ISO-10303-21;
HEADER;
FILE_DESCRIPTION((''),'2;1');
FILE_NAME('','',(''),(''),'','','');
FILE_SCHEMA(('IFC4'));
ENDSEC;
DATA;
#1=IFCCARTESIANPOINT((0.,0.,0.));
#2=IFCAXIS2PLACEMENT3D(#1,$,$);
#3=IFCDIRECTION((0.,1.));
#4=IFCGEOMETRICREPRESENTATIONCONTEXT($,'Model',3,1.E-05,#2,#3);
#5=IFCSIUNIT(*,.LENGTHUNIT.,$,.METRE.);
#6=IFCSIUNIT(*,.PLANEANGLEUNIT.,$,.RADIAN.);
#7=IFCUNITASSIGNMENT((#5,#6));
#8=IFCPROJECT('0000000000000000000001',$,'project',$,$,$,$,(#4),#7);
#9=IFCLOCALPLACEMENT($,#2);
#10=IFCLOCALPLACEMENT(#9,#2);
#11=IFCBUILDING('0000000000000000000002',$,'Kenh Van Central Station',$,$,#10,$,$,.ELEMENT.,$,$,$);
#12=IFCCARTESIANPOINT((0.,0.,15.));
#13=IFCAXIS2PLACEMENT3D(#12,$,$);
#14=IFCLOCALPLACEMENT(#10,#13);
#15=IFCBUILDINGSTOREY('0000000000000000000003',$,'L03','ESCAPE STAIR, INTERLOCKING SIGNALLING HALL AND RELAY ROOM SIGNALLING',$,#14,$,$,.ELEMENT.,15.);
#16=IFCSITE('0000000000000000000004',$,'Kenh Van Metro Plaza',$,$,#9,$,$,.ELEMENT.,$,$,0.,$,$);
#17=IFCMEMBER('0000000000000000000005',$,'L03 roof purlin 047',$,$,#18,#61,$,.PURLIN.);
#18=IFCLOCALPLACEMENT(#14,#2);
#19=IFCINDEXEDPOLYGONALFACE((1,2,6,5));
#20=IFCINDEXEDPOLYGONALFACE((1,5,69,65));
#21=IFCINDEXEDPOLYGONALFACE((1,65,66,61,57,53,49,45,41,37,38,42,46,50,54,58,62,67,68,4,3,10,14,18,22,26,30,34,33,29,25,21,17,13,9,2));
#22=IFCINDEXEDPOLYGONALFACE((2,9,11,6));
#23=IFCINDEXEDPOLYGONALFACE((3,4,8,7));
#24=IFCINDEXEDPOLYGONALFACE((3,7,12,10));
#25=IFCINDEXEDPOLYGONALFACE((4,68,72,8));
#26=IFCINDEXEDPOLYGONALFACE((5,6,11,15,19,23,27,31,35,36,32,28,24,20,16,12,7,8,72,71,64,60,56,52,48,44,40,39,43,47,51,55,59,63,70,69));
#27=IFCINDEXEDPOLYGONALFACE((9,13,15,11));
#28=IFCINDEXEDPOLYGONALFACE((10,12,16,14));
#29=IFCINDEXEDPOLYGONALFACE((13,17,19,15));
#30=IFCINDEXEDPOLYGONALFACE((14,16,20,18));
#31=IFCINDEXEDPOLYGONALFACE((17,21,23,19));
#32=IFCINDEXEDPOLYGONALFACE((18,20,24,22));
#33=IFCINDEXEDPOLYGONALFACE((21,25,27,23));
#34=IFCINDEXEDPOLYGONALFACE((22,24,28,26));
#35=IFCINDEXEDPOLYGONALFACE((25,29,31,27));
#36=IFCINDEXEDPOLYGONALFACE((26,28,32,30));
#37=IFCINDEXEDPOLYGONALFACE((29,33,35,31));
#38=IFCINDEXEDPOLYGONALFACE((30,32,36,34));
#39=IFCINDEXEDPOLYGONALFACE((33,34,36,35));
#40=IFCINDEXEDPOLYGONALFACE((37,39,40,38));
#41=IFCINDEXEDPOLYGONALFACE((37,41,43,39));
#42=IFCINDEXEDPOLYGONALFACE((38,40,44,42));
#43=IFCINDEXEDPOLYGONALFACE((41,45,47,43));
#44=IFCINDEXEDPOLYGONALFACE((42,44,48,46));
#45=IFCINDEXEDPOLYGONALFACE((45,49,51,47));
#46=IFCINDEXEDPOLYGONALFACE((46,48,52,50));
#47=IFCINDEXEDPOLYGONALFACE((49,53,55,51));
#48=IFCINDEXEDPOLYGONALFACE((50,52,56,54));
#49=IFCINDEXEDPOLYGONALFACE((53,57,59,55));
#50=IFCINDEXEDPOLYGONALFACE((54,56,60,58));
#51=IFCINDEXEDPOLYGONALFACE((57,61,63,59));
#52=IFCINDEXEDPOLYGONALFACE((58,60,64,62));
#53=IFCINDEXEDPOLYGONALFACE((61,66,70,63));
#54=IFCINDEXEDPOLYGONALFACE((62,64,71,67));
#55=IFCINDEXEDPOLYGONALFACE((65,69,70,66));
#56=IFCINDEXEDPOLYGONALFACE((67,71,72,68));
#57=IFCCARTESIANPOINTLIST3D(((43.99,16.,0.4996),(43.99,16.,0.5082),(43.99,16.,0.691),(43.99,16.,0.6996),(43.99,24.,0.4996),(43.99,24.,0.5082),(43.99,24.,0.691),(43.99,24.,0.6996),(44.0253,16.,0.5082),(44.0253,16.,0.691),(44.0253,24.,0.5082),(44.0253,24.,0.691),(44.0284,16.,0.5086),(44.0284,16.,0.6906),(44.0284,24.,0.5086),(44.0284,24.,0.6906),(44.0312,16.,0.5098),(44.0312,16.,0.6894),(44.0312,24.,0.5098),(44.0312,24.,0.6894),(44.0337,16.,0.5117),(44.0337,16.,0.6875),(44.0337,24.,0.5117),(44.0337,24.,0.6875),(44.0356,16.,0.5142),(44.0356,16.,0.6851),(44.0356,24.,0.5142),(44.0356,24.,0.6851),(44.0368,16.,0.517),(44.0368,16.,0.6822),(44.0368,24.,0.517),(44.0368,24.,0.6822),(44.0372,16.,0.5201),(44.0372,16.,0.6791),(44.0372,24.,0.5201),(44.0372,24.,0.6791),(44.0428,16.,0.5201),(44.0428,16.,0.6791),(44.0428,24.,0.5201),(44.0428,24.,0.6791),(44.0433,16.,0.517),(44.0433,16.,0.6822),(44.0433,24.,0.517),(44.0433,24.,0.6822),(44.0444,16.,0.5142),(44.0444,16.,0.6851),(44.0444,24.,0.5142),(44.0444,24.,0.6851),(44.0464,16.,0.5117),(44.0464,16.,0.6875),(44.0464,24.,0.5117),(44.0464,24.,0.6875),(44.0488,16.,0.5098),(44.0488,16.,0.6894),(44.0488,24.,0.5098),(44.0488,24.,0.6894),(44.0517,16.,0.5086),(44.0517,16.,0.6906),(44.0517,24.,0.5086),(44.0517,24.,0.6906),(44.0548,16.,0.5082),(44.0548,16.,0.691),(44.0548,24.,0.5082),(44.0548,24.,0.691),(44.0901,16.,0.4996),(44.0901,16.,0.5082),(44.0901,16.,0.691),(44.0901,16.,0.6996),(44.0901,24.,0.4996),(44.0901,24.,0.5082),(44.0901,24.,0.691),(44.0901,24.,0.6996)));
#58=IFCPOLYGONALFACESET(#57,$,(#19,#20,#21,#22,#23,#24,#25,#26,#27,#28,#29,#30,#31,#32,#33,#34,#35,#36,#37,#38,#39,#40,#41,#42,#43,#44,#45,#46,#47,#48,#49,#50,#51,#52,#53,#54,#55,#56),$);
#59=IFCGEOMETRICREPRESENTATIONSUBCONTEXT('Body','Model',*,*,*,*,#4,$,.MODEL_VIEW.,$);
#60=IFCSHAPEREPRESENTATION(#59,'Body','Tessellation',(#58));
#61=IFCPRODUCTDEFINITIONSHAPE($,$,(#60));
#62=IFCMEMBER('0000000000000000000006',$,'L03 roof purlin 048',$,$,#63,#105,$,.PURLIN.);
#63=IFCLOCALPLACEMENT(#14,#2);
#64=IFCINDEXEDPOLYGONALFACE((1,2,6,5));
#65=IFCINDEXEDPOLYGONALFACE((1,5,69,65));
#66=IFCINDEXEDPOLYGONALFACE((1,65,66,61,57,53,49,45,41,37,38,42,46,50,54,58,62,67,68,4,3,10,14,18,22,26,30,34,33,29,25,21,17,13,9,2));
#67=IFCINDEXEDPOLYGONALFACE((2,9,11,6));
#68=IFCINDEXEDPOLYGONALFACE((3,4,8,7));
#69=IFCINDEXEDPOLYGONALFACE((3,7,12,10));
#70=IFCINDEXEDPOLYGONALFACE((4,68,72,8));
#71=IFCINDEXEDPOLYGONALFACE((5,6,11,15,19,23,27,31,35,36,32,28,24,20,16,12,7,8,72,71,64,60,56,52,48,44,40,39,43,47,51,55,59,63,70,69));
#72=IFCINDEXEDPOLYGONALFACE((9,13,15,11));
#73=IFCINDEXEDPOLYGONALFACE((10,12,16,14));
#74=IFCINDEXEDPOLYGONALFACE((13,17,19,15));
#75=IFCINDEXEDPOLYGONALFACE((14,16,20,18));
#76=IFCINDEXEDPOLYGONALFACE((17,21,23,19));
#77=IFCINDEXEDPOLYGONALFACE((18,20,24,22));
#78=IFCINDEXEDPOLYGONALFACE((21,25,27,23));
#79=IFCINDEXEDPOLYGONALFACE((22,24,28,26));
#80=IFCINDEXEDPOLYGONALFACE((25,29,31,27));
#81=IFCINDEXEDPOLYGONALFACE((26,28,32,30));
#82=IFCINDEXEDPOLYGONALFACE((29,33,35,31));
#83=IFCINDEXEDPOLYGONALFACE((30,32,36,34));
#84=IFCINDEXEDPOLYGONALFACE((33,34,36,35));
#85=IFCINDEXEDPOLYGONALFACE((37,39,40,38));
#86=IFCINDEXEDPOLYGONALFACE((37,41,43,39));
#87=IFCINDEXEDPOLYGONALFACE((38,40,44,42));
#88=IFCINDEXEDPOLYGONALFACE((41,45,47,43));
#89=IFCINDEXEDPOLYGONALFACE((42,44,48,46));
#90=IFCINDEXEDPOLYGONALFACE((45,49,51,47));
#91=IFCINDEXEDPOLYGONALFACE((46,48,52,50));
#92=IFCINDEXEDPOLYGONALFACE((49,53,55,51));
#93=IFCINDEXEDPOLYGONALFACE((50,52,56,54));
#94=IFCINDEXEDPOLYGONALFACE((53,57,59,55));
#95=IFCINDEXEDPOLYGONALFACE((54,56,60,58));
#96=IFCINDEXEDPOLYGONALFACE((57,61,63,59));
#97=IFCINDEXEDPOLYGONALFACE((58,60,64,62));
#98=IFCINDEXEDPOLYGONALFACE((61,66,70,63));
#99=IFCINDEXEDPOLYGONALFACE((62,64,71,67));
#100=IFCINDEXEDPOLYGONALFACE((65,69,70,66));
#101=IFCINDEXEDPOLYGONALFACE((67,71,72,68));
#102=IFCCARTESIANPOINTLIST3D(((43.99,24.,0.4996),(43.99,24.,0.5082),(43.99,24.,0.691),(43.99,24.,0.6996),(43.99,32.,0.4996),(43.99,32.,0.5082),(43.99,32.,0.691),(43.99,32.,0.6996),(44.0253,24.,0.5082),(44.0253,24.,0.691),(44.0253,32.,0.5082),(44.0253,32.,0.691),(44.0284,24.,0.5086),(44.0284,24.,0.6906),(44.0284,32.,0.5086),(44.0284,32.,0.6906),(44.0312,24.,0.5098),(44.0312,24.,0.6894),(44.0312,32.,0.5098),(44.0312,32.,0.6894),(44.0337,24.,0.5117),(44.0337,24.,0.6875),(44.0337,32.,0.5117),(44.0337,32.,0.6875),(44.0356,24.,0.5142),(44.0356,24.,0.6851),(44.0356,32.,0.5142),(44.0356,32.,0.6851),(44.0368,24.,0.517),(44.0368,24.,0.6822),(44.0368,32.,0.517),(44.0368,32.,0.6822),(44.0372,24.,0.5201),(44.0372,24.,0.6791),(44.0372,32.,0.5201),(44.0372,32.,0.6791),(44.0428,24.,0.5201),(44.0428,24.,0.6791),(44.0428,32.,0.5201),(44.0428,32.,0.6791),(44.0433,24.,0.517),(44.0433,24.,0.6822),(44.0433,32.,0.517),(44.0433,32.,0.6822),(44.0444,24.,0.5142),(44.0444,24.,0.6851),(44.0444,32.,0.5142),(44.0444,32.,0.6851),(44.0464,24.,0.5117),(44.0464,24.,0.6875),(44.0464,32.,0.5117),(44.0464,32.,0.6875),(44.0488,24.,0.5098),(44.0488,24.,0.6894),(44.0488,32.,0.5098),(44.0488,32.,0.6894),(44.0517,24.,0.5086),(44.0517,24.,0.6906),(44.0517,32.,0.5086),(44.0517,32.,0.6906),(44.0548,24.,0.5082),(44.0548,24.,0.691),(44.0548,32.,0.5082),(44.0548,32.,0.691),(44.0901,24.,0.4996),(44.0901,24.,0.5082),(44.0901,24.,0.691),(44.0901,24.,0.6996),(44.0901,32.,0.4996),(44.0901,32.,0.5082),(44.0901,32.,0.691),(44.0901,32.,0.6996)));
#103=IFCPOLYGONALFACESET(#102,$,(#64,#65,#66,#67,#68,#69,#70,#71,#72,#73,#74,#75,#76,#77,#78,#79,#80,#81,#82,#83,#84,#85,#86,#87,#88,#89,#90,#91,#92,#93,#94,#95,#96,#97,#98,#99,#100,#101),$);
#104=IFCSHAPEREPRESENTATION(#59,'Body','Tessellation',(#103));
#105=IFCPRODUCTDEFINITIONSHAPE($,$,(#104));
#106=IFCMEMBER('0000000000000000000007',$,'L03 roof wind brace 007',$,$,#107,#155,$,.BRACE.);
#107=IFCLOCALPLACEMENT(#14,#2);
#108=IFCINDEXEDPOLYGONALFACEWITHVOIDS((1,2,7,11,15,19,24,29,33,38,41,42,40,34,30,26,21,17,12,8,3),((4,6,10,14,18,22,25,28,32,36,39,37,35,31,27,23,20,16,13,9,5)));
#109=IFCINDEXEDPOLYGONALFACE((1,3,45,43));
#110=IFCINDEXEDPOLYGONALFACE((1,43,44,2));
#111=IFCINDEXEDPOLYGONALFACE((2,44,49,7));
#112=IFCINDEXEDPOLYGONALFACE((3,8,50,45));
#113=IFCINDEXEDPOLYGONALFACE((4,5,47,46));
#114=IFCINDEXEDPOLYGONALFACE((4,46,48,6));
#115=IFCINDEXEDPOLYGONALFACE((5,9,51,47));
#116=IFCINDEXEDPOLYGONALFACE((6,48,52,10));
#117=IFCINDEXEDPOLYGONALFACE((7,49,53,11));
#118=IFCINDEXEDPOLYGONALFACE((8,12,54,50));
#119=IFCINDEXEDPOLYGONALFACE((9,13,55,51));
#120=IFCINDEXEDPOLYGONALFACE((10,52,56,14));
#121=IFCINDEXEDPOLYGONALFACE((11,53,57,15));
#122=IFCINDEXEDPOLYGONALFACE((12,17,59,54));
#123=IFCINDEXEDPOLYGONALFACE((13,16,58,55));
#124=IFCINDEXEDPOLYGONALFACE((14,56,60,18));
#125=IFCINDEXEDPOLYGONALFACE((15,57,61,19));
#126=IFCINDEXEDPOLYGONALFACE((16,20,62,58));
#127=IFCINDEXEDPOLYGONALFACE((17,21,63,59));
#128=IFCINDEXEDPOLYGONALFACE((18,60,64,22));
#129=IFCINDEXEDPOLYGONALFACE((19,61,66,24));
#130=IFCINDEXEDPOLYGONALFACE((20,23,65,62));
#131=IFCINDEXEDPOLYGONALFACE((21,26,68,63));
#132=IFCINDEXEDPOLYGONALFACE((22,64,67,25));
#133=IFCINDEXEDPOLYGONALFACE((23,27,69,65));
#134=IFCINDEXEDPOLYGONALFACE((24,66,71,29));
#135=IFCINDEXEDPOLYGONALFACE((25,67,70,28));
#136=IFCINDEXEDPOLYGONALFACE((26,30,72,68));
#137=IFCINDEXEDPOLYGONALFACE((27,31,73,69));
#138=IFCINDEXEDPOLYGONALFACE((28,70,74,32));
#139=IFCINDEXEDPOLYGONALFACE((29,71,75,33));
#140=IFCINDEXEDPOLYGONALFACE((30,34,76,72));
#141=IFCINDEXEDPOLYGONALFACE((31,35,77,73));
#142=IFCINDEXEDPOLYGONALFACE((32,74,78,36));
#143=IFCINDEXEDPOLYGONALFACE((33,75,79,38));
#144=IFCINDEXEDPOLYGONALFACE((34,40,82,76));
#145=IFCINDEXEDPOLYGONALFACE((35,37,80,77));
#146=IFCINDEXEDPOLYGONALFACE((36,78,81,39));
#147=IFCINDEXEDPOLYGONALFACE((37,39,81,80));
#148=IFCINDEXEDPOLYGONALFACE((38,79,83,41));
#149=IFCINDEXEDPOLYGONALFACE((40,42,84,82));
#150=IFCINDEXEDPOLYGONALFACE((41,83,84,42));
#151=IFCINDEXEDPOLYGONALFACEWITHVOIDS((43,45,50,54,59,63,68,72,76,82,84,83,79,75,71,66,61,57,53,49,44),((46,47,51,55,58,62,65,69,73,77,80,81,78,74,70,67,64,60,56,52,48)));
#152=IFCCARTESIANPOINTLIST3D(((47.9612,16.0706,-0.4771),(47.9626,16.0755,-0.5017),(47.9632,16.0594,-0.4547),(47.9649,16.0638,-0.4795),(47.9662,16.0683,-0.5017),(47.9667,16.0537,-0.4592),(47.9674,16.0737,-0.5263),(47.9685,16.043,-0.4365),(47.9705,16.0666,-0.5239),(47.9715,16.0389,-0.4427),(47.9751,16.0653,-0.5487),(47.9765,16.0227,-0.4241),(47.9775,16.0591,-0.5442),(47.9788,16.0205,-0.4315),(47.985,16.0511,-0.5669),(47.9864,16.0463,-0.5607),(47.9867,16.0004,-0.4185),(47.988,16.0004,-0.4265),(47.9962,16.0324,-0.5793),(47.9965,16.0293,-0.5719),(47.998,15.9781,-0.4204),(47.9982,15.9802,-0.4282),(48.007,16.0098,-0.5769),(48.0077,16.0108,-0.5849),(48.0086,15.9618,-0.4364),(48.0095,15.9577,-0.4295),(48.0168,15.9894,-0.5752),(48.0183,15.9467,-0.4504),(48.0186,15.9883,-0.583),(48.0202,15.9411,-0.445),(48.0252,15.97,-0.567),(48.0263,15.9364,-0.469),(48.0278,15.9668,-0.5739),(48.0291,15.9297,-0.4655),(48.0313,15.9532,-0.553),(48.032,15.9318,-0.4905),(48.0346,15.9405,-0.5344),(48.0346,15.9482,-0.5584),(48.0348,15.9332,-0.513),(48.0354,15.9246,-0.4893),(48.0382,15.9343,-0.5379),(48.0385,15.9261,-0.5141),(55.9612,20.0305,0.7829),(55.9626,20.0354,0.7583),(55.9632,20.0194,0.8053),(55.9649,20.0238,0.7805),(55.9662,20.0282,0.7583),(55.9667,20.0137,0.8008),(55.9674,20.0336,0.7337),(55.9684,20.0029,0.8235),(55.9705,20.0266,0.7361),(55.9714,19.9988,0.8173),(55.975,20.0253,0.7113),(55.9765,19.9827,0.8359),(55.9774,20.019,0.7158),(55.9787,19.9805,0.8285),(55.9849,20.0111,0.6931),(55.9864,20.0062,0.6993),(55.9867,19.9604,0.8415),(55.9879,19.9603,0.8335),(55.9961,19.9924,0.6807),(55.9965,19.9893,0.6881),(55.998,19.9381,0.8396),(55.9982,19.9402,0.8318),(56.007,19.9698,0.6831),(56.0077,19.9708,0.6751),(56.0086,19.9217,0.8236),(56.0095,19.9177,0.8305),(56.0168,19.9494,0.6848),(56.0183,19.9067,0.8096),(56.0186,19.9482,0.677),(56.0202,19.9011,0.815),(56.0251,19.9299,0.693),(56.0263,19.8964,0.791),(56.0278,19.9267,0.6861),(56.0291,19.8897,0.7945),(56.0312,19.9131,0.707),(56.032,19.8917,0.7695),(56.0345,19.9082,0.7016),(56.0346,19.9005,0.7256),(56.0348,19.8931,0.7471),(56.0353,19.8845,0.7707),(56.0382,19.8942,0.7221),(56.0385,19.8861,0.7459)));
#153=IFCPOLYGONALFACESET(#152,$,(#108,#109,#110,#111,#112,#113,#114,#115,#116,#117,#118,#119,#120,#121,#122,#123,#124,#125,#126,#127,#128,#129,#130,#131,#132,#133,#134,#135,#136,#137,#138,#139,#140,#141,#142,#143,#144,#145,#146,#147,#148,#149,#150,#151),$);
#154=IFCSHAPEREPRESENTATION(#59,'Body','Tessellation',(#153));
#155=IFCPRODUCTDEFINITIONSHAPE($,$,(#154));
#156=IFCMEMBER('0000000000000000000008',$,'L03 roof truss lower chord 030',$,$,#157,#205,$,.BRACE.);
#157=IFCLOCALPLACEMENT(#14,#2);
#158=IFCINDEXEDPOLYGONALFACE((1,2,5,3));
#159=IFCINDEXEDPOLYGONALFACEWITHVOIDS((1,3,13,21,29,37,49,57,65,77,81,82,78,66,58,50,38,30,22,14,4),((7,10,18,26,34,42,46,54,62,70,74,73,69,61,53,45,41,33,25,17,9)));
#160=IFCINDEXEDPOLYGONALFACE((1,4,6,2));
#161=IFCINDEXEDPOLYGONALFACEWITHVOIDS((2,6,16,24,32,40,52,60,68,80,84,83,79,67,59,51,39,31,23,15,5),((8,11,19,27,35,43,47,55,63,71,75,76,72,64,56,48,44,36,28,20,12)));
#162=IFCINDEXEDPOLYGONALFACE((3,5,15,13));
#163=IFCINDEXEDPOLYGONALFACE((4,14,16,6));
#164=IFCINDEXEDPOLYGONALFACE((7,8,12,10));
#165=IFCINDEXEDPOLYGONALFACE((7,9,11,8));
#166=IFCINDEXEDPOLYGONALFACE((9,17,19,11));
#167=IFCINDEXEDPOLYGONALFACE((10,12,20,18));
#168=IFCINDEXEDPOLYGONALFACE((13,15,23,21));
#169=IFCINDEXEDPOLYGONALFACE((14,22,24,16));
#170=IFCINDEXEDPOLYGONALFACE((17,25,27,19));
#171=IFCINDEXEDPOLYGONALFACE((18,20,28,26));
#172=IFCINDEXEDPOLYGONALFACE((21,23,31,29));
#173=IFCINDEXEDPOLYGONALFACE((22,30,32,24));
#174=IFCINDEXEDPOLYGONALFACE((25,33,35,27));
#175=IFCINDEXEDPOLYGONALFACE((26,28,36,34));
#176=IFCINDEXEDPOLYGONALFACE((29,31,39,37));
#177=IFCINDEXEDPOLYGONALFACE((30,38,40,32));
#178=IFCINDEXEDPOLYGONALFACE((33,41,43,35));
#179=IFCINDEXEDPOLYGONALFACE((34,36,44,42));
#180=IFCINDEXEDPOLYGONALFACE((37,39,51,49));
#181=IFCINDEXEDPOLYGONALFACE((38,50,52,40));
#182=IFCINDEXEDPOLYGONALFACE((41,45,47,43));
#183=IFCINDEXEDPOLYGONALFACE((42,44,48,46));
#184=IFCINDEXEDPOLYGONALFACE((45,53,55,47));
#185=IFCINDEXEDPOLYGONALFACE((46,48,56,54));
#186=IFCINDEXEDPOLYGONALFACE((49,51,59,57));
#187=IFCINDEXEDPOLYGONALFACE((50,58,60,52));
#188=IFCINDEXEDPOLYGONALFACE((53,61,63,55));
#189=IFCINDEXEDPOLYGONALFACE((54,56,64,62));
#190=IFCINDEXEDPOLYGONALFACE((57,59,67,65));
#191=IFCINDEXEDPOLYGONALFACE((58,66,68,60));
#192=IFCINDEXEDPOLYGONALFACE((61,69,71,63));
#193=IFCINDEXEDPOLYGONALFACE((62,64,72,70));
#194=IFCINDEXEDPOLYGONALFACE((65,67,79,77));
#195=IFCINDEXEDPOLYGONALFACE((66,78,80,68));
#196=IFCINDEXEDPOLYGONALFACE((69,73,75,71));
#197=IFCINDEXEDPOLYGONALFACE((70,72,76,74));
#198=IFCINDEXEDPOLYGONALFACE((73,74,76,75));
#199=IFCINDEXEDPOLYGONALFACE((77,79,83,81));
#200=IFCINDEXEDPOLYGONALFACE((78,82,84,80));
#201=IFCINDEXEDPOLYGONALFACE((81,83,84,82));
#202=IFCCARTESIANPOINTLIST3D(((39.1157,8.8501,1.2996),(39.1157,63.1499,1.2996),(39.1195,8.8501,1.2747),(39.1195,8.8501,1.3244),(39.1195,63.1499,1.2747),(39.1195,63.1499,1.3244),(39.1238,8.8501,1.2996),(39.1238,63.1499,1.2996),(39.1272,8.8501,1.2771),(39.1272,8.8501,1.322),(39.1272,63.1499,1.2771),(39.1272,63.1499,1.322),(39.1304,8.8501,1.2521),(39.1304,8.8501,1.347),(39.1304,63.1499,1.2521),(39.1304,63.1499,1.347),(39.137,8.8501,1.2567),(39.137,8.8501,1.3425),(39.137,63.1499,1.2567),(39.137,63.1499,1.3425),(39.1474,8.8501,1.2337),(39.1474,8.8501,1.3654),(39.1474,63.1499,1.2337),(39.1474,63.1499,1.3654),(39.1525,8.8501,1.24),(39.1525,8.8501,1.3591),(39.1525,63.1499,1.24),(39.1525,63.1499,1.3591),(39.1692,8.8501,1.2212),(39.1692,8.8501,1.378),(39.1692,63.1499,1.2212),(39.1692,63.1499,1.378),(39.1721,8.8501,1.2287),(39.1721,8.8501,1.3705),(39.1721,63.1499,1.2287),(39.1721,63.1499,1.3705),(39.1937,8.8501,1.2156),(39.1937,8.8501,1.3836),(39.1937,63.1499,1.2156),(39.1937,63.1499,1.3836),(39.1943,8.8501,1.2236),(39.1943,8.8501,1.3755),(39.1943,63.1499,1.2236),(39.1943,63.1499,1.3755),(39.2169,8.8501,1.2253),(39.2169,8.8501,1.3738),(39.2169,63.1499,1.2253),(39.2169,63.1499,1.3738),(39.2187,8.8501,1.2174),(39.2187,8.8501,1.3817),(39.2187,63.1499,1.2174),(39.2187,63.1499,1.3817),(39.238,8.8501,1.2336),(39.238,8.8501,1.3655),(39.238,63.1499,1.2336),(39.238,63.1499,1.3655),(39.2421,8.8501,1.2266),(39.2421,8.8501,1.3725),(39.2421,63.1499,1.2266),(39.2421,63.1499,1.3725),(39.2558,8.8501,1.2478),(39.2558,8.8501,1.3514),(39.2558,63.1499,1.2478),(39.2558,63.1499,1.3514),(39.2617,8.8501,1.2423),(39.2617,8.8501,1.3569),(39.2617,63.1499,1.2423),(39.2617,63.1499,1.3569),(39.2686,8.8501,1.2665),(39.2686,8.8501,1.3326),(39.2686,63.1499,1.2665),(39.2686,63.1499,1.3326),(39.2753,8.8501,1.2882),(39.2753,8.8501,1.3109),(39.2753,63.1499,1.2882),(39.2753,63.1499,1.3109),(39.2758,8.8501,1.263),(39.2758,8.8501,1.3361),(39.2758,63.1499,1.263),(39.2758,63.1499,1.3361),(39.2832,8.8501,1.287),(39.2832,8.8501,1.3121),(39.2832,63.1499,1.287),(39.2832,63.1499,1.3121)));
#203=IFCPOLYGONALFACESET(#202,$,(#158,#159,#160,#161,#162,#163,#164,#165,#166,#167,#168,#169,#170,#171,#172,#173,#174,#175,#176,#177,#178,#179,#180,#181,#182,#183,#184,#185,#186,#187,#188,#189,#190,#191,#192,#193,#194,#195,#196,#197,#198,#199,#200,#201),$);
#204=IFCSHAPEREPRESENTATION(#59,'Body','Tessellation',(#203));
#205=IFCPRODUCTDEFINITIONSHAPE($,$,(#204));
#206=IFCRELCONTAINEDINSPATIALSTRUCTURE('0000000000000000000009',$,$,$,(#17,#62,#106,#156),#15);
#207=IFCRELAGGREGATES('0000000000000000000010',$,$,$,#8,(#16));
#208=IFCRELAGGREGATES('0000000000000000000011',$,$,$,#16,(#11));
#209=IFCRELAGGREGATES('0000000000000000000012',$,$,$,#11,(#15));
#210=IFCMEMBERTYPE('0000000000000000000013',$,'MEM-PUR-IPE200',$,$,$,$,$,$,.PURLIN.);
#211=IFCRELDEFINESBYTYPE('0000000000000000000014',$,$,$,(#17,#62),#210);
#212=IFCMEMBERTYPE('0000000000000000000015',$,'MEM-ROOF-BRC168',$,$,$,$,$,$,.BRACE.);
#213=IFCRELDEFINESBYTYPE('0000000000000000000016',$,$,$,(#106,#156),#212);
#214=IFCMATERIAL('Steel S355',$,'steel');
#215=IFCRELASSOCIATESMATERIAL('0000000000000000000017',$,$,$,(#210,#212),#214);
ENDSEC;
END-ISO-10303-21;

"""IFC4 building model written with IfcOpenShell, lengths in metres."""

from ifc_helpers import new_model, si_unit, direction, frame, origin, origin_2d, place, context, subcontext, project, spatial, hollow_circle, i_section, extrude, material, material_profile, profile_set, type_object, element, save


model = new_model("IFC4")

# Units and contexts
model_context = context("Model", 3, precision=1e-05, world=origin(), true_north=direction((0.0, 1.0)))
body_context = subcontext(model_context, "Body", "Model", "MODEL_VIEW")
ifc_project = project(units=[si_unit("LENGTHUNIT", "METRE"), si_unit("PLANEANGLEUNIT", "RADIAN")], contexts=[model_context])

# Site, building, storey
site_placement = place(None, origin())
site = spatial("IfcSite", under=ifc_project, at=site_placement, Name="Kenh Van Metro Plaza", CompositionType="ELEMENT", RefElevation=0.0)
building_placement = place(site_placement, origin())
building = spatial("IfcBuilding", under=site, at=building_placement, Name="Kenh Van Central Station", CompositionType="ELEMENT")
storey_placement = place(building_placement, frame((0.0, 0.0, 15.0)))
storey = spatial("IfcBuildingStorey", under=building, at=storey_placement, Name="L03", Description="ESCAPE STAIR, INTERLOCKING SIGNALLING HALL AND RELAY ROOM SIGNALLING", CompositionType="ELEMENT", Elevation=15.0)

# Shared definitions
ifc_material_1 = material(Name="Steel S355", Category="steel")

# Members
ifc_material_profile_1 = material_profile(ifc_material_1, i_section(OverallWidth=0.1001, OverallDepth=0.2, WebThickness=0.0056, FlangeThickness=0.0085, FilletRadius=0.012, at=origin_2d()), Name="IPE 200")
ifc_profile_set_1 = profile_set([ifc_material_profile_1], Name="Steel S355")
member_type_1 = type_object("IfcMemberType", Name="MEM-PUR-IPE200", PredefinedType="PURLIN", material=ifc_profile_set_1)
for number, where, z_axis, x_axis, name in (
    (1, (44.04, 16.0, 0.5996), (0.0, 1.0, 0.0), (-1.0, 0.0, 0.0), "L03 roof purlin 047"),
    (2, (44.04, 24.0, 0.5996), (0.0, 1.0, 0.0), (-1.0, 0.0, 0.0), "L03 roof purlin 048"),
):
    element("IfcMember", number, at=place(storey_placement, frame(where, z_axis=z_axis, x_axis=x_axis)), inside=storey, type_object=member_type_1, Name=name, PredefinedType="PURLIN", context=body_context, shape_type="SweptSolid", body=[
        extrude(i_section(OverallWidth=0.1001, OverallDepth=0.2, WebThickness=0.0056, FlangeThickness=0.0085, FilletRadius=0.012, at=origin_2d()), origin(), (0.0, 0.0, 1.0), 8.0),
    ])
ifc_material_profile_2 = material_profile(ifc_material_1, hollow_circle(Radius=0.0842, WallThickness=0.0081, at=origin_2d()), Name="CHS 168.3x8")
ifc_profile_set_2 = profile_set([ifc_material_profile_2], Name="Steel S355")
member_type_2 = type_object("IfcMemberType", Name="MEM-ROOF-BRC168", PredefinedType="BRACE", material=ifc_profile_set_2)
member_1_placement = place(storey_placement, frame((48.0, 16.0, -0.5017), z_axis=(0.887417, 0.439267, 0.139769), x_axis=(-0.443622, 0.896214, 0.0)))
element("IfcMember", 3, at=member_1_placement, inside=storey, type_object=member_type_2, Name="L03 roof wind brace 007", PredefinedType="BRACE", context=body_context, shape_type="SweptSolid", body=[
    extrude(hollow_circle(Radius=0.0842, WallThickness=0.0081, at=origin_2d()), origin(), (0.0, 0.0, 1.0), 9.0149),
])
member_2_placement = place(storey_placement, frame((39.2, 8.8501, 1.2996), z_axis=(0.0, 1.0, 0.0), x_axis=(-1.0, 0.0, 0.0)))
element("IfcMember", 4, at=member_2_placement, inside=storey, type_object=member_type_2, Name="L03 roof truss lower chord 030", PredefinedType="BRACE", context=body_context, shape_type="SweptSolid", body=[
    extrude(hollow_circle(Radius=0.0842, WallThickness=0.0081, at=origin_2d()), origin(), (0.0, 0.0, 1.0), 54.2998),
])

save(model, "model.ifc")
